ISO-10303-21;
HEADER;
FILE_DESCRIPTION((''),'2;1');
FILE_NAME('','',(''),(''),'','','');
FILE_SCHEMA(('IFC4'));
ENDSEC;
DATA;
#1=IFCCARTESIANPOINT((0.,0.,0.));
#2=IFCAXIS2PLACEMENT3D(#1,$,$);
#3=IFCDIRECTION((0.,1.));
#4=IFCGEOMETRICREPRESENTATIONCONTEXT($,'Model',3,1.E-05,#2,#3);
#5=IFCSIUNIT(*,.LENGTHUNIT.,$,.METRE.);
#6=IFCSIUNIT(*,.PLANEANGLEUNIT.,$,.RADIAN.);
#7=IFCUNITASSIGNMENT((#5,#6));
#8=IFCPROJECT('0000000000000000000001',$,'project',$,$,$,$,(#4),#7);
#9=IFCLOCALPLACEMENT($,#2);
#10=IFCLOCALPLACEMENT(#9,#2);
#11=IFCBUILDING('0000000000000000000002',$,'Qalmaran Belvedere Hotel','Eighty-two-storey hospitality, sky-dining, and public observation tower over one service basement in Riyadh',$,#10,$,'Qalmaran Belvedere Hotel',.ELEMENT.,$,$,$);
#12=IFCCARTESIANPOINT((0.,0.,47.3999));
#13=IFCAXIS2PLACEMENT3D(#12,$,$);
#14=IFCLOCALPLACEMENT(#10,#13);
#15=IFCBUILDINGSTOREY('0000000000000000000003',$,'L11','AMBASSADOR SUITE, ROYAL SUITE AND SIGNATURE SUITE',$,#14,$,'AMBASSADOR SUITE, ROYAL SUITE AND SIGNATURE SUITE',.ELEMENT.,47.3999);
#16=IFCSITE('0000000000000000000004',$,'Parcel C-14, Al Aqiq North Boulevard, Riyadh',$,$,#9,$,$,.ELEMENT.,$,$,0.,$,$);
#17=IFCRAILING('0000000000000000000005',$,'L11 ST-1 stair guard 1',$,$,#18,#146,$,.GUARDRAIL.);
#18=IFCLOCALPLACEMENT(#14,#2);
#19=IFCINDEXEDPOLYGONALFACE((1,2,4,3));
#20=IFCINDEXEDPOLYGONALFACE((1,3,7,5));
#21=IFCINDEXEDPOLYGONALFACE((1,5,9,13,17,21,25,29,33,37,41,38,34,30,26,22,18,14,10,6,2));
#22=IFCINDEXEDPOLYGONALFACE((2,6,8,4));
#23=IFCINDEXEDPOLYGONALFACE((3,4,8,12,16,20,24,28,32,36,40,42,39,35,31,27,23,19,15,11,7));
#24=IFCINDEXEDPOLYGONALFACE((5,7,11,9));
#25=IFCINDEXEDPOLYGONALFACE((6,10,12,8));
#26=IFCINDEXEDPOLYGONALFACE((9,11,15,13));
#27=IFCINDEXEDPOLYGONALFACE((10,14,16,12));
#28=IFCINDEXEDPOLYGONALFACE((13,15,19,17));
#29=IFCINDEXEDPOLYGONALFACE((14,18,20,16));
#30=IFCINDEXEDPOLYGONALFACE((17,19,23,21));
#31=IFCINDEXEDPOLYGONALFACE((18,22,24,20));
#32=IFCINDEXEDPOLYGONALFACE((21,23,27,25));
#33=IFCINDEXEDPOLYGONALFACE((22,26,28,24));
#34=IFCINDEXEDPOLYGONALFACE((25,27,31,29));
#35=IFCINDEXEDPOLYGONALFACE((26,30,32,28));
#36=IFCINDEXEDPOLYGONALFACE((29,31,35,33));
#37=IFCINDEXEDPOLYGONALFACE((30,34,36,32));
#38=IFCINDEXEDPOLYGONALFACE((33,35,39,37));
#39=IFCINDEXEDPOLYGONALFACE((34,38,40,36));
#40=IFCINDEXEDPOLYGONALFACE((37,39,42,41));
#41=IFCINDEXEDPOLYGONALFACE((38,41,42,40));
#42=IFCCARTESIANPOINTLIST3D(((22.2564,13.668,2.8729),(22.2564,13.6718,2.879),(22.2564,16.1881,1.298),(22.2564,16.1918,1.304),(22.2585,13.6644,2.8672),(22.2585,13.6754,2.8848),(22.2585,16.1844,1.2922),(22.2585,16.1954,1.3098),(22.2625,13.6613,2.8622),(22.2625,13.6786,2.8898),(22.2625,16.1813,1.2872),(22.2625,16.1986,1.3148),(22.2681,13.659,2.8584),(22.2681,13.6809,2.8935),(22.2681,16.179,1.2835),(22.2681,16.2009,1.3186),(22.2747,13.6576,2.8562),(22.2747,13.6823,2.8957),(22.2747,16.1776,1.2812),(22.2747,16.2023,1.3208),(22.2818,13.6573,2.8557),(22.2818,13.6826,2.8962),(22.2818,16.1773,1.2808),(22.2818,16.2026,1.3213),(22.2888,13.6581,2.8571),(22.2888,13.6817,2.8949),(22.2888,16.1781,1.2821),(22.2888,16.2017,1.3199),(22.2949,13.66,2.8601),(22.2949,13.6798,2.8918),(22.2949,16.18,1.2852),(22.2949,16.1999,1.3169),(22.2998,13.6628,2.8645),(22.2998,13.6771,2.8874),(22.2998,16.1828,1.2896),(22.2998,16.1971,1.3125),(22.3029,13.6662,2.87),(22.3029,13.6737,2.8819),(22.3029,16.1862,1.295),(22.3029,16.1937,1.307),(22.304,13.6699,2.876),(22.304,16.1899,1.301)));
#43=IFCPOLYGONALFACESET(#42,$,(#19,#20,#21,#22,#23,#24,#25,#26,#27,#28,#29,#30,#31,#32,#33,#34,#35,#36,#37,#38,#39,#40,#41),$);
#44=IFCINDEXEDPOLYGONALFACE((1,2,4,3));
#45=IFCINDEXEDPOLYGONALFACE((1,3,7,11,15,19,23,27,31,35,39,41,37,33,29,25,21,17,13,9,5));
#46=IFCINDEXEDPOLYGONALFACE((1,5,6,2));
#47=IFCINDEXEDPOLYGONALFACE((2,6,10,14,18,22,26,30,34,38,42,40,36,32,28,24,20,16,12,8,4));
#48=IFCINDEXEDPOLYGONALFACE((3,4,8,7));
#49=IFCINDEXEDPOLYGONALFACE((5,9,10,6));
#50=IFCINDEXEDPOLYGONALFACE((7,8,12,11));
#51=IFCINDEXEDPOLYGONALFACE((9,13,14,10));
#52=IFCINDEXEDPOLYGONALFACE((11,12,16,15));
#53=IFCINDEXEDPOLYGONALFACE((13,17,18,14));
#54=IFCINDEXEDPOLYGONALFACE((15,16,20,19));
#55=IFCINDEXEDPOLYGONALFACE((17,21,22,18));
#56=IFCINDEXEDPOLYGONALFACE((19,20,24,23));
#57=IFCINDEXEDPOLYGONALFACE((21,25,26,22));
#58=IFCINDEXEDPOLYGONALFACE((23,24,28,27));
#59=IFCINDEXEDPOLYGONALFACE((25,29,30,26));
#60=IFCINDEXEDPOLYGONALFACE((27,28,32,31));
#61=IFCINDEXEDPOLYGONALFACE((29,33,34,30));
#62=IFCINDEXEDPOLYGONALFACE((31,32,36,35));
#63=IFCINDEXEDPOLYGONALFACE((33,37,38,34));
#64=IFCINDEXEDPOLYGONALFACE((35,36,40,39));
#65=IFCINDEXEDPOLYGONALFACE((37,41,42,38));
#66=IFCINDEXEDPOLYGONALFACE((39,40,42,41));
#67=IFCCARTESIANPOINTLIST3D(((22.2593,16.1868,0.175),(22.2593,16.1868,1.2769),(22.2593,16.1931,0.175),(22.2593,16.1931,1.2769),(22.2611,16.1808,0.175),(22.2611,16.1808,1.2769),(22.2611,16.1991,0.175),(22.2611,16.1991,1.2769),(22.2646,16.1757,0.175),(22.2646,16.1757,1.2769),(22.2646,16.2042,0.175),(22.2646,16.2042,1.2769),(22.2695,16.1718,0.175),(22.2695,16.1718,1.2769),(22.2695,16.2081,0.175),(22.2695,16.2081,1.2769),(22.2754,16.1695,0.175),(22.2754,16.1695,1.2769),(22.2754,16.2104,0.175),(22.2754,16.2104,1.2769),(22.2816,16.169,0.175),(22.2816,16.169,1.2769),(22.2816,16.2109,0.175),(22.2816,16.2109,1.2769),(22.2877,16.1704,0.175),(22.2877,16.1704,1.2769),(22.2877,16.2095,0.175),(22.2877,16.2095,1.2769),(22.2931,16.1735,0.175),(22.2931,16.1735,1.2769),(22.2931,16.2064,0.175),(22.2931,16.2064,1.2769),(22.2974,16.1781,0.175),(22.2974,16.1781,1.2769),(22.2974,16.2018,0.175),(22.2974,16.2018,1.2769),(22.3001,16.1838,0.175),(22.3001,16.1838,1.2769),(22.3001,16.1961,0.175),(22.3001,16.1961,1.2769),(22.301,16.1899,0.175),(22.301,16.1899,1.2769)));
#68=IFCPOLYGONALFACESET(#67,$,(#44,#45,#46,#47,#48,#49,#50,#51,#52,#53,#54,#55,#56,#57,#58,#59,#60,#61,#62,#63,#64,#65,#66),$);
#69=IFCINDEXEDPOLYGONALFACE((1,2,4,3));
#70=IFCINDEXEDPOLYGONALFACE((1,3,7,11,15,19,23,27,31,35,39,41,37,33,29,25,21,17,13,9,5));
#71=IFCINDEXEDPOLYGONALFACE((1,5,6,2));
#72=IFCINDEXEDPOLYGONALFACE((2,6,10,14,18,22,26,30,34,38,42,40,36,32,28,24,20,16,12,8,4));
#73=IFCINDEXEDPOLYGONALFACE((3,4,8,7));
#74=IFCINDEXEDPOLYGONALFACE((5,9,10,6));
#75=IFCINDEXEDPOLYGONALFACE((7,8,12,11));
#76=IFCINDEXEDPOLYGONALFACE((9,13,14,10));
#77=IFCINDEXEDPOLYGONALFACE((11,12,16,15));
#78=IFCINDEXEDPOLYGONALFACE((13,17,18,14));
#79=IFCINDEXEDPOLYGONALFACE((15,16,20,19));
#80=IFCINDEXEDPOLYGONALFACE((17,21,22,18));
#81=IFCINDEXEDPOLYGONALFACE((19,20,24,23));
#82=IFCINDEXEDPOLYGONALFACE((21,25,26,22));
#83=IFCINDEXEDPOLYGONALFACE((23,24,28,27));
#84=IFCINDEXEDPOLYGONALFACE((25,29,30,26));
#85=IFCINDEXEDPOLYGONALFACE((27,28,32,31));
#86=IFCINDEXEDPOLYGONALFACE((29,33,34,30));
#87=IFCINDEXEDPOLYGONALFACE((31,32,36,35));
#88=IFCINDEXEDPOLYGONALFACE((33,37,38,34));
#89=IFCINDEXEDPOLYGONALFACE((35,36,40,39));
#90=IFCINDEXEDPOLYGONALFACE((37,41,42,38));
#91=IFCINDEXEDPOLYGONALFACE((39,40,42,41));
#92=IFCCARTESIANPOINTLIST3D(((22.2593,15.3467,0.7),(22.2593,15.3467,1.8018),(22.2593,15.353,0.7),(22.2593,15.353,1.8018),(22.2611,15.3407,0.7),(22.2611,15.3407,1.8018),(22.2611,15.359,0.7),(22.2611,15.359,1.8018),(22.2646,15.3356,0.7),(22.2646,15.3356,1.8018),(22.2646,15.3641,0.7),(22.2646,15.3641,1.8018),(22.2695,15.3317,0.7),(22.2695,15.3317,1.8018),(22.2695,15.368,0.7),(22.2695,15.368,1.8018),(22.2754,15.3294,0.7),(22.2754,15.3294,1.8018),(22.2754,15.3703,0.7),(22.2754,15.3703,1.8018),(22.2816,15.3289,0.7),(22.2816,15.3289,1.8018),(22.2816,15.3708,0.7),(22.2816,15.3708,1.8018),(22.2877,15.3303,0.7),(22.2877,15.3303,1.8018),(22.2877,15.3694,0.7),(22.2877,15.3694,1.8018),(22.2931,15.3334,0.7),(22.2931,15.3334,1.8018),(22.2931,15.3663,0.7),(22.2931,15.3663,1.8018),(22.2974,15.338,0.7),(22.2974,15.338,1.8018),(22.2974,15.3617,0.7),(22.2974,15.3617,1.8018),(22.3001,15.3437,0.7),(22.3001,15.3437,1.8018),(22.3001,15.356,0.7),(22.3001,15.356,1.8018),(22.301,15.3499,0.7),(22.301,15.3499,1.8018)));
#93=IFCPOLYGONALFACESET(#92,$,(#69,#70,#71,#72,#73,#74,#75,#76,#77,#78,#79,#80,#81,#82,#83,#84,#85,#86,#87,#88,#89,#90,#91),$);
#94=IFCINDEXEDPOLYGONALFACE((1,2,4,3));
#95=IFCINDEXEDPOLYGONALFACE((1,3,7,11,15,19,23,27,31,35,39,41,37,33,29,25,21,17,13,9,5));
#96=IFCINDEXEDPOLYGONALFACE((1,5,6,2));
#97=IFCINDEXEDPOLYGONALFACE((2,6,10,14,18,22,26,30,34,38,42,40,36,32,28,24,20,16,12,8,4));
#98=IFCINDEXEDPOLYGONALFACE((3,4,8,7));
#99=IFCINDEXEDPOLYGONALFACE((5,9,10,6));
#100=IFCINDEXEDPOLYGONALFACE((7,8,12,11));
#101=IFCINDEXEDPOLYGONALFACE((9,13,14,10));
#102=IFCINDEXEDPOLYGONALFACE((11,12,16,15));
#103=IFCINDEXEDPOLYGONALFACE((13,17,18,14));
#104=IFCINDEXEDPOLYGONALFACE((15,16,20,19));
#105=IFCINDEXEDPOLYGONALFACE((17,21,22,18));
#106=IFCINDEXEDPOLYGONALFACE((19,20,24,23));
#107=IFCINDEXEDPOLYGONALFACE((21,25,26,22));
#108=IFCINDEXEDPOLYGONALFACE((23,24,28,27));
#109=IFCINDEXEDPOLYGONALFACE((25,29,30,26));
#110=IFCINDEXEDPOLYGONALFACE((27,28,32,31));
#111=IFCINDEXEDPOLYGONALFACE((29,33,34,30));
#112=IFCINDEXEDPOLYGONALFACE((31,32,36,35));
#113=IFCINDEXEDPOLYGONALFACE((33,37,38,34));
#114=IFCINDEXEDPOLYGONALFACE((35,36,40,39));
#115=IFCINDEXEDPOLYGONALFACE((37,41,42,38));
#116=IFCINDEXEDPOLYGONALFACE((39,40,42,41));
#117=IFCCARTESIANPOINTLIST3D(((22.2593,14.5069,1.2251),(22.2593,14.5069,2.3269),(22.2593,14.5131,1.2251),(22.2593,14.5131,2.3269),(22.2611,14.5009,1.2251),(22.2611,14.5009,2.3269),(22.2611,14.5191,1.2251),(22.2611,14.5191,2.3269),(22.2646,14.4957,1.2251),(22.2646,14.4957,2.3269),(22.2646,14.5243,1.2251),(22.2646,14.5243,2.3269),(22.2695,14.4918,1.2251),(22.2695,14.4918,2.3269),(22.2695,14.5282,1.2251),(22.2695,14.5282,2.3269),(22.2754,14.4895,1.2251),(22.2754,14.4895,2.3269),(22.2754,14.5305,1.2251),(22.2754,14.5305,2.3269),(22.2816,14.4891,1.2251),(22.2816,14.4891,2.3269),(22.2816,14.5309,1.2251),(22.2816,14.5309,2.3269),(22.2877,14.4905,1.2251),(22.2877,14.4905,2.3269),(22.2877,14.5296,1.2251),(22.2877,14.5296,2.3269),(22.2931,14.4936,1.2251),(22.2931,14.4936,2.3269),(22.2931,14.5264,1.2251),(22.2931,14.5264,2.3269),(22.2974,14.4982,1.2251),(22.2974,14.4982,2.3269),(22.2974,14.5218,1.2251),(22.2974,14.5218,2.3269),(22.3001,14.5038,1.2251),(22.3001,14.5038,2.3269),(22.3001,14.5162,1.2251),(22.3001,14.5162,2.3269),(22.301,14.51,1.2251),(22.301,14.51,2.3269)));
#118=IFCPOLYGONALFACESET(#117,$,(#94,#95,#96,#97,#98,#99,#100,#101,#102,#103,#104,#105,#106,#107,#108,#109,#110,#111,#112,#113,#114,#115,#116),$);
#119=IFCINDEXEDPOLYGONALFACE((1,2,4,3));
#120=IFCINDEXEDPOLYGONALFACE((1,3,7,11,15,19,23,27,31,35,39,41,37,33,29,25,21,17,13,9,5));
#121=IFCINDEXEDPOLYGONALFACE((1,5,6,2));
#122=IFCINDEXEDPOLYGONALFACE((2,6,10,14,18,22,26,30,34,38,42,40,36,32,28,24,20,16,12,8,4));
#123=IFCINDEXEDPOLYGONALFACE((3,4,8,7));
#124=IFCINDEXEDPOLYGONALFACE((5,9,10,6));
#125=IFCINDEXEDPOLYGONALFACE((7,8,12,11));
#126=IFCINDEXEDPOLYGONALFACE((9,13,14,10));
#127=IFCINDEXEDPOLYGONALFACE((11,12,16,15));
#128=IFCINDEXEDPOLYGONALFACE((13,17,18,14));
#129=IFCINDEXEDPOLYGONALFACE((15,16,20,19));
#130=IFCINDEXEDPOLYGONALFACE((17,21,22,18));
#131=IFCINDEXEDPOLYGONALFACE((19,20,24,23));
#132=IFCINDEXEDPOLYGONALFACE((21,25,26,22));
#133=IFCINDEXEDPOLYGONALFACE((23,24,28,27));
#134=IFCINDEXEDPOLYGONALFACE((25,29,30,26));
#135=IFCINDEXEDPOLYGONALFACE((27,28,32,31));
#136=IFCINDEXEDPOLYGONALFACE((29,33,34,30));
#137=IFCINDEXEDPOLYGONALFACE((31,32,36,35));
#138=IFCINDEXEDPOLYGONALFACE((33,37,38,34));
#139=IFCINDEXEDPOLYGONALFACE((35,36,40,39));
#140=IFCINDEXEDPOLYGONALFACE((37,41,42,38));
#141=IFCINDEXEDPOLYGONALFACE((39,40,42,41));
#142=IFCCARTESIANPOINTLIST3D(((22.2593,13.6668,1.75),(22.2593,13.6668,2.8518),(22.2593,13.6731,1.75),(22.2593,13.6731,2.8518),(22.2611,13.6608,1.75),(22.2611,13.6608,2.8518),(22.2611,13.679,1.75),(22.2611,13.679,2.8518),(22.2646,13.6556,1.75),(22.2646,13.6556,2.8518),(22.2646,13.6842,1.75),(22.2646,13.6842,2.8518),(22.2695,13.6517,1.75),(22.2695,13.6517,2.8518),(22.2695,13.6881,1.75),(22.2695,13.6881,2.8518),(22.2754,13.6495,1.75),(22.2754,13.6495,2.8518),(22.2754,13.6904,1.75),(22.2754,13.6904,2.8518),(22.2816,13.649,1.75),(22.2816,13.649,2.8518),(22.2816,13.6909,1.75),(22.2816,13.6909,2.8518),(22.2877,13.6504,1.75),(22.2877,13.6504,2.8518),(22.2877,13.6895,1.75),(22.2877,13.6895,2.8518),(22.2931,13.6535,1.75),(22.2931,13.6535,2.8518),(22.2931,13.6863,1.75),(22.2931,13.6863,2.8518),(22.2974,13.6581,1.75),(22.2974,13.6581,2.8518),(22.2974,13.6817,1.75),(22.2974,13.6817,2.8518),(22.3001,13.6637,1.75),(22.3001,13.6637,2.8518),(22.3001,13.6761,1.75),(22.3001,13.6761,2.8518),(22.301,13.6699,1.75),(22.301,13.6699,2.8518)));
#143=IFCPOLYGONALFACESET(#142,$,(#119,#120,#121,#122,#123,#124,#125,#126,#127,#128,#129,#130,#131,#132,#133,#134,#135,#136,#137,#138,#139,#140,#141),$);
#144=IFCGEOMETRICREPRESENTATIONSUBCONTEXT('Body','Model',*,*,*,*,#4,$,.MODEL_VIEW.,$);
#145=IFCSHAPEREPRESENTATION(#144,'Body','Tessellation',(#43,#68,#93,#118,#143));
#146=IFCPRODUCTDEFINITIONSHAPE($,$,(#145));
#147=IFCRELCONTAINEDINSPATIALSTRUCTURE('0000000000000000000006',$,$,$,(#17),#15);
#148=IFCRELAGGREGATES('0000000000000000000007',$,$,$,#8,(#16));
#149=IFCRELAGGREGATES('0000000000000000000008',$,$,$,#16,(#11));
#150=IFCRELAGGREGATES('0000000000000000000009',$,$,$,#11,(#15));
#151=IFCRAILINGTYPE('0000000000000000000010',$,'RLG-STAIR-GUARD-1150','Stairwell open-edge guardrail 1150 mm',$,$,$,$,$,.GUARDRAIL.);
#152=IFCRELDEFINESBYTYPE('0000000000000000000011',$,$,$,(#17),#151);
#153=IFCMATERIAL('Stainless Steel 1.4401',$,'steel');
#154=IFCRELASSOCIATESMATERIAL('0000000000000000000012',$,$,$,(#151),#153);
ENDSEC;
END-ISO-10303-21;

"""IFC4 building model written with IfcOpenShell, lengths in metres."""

from ifc_helpers import new_model, si_unit, direction, frame, origin, origin_2d, place, context, subcontext, project, spatial, circle, extrude, material, type_object, element, save


model = new_model("IFC4")

# Units and contexts
model_context = context("Model", 3, precision=1e-05, world=origin(), true_north=direction((0.0, 1.0)))
body_context = subcontext(model_context, "Body", "Model", "MODEL_VIEW")
ifc_project = project(units=[si_unit("LENGTHUNIT", "METRE"), si_unit("PLANEANGLEUNIT", "RADIAN")], contexts=[model_context])

# Site, building, storey
site_placement = place(None, origin())
site = spatial("IfcSite", under=ifc_project, at=site_placement, Name="Parcel C-14, Al Aqiq North Boulevard, Riyadh", CompositionType="ELEMENT", RefElevation=0.0)
building_placement = place(site_placement, origin())
building = spatial("IfcBuilding", under=site, at=building_placement, Name="Qalmaran Belvedere Hotel", Description="Eighty-two-storey hospitality, sky-dining, and public observation tower over one service basement in Riyadh", LongName="Qalmaran Belvedere Hotel", CompositionType="ELEMENT")
storey_placement = place(building_placement, frame((0.0, 0.0, 47.3999)))
storey = spatial("IfcBuildingStorey", under=building, at=storey_placement, Name="L11", Description="AMBASSADOR SUITE, ROYAL SUITE AND SIGNATURE SUITE", LongName="AMBASSADOR SUITE, ROYAL SUITE AND SIGNATURE SUITE", CompositionType="ELEMENT", Elevation=47.3999)

# Shared definitions
ifc_material_1 = material(Name="Stainless Steel 1.4401", Category="steel")

# Railing
railing_type_1 = type_object("IfcRailingType", Name="RLG-STAIR-GUARD-1150", Description="Stairwell open-edge guardrail 1150 mm", PredefinedType="GUARDRAIL", material=ifc_material_1)
railing_1_placement = place(storey_placement, frame((22.28, 16.1899, 0.175)))
element("IfcRailing", 1, at=railing_1_placement, inside=storey, type_object=railing_type_1, Name="L11 ST-1 stair guard 1", PredefinedType="GUARDRAIL", context=body_context, shape_type="SweptSolid", body=[
    extrude(circle(Radius=0.0239, at=origin_2d()), frame((0.0, 0.0, 1.126), z_axis=(0.0, -0.848008, 0.529984), x_axis=(1.0, 0.0, 0.0)), (0.0, 0.0, 1.0), 2.9717),
    extrude(circle(Radius=0.021, at=origin_2d()), origin(), (0.0, 0.0, 1.0), 1.1018),
    extrude(circle(Radius=0.021, at=origin_2d()), frame((0.0, -0.8401, 0.5249)), (0.0, 0.0, 1.0), 1.1018),
    extrude(circle(Radius=0.021, at=origin_2d()), frame((0.0, -1.6799, 1.05)), (0.0, 0.0, 1.0), 1.1018),
    extrude(circle(Radius=0.021, at=origin_2d()), frame((0.0, -2.52, 1.575)), (0.0, 0.0, 1.0), 1.1018),
])

save(model, "model.ifc")
